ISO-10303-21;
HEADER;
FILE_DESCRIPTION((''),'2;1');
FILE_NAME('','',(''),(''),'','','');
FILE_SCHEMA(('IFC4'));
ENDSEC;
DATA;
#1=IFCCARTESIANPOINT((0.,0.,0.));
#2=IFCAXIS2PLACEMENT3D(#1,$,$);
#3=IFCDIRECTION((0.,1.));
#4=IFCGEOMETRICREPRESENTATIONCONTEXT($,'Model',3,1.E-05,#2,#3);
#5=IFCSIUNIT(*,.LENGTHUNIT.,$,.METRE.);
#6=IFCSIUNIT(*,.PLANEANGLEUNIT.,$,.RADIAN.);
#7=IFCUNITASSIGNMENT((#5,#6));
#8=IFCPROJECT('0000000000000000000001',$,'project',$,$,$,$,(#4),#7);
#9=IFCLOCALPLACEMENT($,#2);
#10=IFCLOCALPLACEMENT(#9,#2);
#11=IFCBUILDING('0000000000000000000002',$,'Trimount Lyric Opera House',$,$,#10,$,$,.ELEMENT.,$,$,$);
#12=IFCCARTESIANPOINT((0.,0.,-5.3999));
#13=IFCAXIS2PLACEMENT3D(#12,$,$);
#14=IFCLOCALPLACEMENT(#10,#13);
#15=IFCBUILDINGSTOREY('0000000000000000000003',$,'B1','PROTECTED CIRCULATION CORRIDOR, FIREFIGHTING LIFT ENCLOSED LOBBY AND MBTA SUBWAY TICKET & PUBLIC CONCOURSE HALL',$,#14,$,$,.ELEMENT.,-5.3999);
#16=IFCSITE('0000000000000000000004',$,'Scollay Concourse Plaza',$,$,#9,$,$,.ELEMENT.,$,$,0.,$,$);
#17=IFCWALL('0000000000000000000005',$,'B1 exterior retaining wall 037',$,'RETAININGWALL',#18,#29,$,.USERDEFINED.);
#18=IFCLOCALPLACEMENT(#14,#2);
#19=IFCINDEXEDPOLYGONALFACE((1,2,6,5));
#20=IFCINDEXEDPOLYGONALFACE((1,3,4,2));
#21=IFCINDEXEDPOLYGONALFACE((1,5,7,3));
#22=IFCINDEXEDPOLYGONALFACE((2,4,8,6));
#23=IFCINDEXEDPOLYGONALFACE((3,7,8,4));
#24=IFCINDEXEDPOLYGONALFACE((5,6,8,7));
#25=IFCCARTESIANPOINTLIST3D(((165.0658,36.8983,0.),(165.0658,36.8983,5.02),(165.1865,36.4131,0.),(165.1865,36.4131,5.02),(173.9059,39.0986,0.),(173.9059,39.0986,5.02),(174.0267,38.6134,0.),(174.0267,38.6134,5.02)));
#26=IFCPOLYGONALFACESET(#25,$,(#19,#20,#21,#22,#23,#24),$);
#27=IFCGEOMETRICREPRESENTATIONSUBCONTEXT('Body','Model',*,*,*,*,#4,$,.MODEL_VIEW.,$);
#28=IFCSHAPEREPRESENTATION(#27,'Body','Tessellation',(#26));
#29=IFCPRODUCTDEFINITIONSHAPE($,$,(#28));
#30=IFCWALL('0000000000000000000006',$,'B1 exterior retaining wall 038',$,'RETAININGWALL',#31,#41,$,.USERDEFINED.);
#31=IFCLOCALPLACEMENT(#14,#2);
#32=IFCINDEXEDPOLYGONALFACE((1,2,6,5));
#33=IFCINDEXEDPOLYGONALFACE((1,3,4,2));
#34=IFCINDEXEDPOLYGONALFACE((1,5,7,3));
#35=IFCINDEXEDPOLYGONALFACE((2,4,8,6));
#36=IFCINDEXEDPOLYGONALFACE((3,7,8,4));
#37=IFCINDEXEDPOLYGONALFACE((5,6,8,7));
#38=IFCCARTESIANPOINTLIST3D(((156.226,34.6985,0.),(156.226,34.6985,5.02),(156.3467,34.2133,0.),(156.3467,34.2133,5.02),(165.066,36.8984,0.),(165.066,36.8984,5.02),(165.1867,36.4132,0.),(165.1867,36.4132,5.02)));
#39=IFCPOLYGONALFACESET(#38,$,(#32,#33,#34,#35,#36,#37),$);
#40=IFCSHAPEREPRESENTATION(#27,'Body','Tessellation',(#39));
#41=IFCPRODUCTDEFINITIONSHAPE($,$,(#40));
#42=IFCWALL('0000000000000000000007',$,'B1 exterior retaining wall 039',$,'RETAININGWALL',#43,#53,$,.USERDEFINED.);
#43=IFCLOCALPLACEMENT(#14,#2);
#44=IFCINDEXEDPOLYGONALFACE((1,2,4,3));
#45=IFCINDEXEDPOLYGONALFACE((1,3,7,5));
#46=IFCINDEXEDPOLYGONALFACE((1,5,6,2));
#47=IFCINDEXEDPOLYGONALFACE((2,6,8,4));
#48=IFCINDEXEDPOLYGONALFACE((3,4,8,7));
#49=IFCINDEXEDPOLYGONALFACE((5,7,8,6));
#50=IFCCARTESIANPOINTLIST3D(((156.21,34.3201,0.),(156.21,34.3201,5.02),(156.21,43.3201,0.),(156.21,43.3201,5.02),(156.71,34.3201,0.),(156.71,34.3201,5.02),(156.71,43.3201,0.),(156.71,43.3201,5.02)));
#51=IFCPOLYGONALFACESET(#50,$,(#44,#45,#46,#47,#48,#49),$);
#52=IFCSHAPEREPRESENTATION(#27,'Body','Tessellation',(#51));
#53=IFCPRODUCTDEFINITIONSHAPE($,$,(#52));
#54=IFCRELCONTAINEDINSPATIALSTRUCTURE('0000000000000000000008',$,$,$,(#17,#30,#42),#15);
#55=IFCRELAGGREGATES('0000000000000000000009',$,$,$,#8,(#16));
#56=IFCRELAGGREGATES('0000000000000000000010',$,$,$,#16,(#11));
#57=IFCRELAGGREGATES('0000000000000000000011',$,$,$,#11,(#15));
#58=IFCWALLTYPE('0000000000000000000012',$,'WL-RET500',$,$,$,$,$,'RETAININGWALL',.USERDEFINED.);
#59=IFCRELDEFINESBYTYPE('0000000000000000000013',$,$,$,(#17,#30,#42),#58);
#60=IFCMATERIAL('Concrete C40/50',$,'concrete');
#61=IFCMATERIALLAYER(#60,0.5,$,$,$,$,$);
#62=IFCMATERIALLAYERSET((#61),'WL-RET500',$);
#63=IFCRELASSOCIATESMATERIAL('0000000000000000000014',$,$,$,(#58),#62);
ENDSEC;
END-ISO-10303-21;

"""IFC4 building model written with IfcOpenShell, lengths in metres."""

from ifc_helpers import new_model, si_unit, direction, frame, frame_2d, origin, place, context, subcontext, project, spatial, rectangle, extrude, material, layer, layer_set, type_object, element, save


model = new_model("IFC4")

# Units and contexts
model_context = context("Model", 3, precision=1e-05, world=origin(), true_north=direction((0.0, 1.0)))
body_context = subcontext(model_context, "Body", "Model", "MODEL_VIEW")
ifc_project = project(units=[si_unit("LENGTHUNIT", "METRE"), si_unit("PLANEANGLEUNIT", "RADIAN")], contexts=[model_context])

# Site, building, storey
site_placement = place(None, origin())
site = spatial("IfcSite", under=ifc_project, at=site_placement, Name="Scollay Concourse Plaza", CompositionType="ELEMENT", RefElevation=0.0)
building_placement = place(site_placement, origin())
building = spatial("IfcBuilding", under=site, at=building_placement, Name="Trimount Lyric Opera House", CompositionType="ELEMENT")
storey_placement = place(building_placement, frame((0.0, 0.0, -5.3999)))
storey = spatial("IfcBuildingStorey", under=building, at=storey_placement, Name="B1", Description="PROTECTED CIRCULATION CORRIDOR, FIREFIGHTING LIFT ENCLOSED LOBBY AND MBTA SUBWAY TICKET & PUBLIC CONCOURSE HALL", CompositionType="ELEMENT", Elevation=-5.3999)

# Walls
ifc_material_1 = material(Name="Concrete C40/50", Category="concrete")
ifc_layer = layer(ifc_material_1, 0.5)
ifc_layer_set = layer_set([ifc_layer], Name="WL-RET500")
wall_type = type_object("IfcWallType", Name="WL-RET500", ElementType="RETAININGWALL", PredefinedType="USERDEFINED", material=ifc_layer_set)
wall_1_placement = place(storey_placement, frame((173.9663, 38.856, 0.0), z_axis=(0.0, 0.0, 1.0), x_axis=(-0.970396, -0.24152, 0.0)))
element("IfcWall", 1, at=wall_1_placement, inside=storey, type_object=wall_type, Name="B1 exterior retaining wall 037", ObjectType="RETAININGWALL", PredefinedType="USERDEFINED", context=body_context, shape_type="SweptSolid", body=[
    extrude(rectangle(XDim=9.1099, YDim=0.5, at=frame_2d((4.5549, 0.0))), origin(), (0.0, 0.0, 1.0), 5.02),
])
wall_2_placement = place(storey_placement, frame((165.1262, 36.6558, 0.0), z_axis=(0.0, 0.0, 1.0), x_axis=(-0.970402, -0.241495, 0.0)))
element("IfcWall", 2, at=wall_2_placement, inside=storey, type_object=wall_type, Name="B1 exterior retaining wall 038", ObjectType="RETAININGWALL", PredefinedType="USERDEFINED", context=body_context, shape_type="SweptSolid", body=[
    extrude(rectangle(XDim=9.1096, YDim=0.5, at=frame_2d((4.5547, 0.0))), origin(), (0.0, 0.0, 1.0), 5.02),
])
wall_3_placement = place(storey_placement, frame((156.46, 34.3201, 0.0), z_axis=(0.0, 0.0, 1.0), x_axis=(0.0, 1.0, 0.0)))
element("IfcWall", 3, at=wall_3_placement, inside=storey, type_object=wall_type, Name="B1 exterior retaining wall 039", ObjectType="RETAININGWALL", PredefinedType="USERDEFINED", context=body_context, shape_type="SweptSolid", body=[
    extrude(rectangle(XDim=9.0, YDim=0.5, at=frame_2d((4.5, 0.0))), origin(), (0.0, 0.0, 1.0), 5.02),
])

save(model, "model.ifc")
